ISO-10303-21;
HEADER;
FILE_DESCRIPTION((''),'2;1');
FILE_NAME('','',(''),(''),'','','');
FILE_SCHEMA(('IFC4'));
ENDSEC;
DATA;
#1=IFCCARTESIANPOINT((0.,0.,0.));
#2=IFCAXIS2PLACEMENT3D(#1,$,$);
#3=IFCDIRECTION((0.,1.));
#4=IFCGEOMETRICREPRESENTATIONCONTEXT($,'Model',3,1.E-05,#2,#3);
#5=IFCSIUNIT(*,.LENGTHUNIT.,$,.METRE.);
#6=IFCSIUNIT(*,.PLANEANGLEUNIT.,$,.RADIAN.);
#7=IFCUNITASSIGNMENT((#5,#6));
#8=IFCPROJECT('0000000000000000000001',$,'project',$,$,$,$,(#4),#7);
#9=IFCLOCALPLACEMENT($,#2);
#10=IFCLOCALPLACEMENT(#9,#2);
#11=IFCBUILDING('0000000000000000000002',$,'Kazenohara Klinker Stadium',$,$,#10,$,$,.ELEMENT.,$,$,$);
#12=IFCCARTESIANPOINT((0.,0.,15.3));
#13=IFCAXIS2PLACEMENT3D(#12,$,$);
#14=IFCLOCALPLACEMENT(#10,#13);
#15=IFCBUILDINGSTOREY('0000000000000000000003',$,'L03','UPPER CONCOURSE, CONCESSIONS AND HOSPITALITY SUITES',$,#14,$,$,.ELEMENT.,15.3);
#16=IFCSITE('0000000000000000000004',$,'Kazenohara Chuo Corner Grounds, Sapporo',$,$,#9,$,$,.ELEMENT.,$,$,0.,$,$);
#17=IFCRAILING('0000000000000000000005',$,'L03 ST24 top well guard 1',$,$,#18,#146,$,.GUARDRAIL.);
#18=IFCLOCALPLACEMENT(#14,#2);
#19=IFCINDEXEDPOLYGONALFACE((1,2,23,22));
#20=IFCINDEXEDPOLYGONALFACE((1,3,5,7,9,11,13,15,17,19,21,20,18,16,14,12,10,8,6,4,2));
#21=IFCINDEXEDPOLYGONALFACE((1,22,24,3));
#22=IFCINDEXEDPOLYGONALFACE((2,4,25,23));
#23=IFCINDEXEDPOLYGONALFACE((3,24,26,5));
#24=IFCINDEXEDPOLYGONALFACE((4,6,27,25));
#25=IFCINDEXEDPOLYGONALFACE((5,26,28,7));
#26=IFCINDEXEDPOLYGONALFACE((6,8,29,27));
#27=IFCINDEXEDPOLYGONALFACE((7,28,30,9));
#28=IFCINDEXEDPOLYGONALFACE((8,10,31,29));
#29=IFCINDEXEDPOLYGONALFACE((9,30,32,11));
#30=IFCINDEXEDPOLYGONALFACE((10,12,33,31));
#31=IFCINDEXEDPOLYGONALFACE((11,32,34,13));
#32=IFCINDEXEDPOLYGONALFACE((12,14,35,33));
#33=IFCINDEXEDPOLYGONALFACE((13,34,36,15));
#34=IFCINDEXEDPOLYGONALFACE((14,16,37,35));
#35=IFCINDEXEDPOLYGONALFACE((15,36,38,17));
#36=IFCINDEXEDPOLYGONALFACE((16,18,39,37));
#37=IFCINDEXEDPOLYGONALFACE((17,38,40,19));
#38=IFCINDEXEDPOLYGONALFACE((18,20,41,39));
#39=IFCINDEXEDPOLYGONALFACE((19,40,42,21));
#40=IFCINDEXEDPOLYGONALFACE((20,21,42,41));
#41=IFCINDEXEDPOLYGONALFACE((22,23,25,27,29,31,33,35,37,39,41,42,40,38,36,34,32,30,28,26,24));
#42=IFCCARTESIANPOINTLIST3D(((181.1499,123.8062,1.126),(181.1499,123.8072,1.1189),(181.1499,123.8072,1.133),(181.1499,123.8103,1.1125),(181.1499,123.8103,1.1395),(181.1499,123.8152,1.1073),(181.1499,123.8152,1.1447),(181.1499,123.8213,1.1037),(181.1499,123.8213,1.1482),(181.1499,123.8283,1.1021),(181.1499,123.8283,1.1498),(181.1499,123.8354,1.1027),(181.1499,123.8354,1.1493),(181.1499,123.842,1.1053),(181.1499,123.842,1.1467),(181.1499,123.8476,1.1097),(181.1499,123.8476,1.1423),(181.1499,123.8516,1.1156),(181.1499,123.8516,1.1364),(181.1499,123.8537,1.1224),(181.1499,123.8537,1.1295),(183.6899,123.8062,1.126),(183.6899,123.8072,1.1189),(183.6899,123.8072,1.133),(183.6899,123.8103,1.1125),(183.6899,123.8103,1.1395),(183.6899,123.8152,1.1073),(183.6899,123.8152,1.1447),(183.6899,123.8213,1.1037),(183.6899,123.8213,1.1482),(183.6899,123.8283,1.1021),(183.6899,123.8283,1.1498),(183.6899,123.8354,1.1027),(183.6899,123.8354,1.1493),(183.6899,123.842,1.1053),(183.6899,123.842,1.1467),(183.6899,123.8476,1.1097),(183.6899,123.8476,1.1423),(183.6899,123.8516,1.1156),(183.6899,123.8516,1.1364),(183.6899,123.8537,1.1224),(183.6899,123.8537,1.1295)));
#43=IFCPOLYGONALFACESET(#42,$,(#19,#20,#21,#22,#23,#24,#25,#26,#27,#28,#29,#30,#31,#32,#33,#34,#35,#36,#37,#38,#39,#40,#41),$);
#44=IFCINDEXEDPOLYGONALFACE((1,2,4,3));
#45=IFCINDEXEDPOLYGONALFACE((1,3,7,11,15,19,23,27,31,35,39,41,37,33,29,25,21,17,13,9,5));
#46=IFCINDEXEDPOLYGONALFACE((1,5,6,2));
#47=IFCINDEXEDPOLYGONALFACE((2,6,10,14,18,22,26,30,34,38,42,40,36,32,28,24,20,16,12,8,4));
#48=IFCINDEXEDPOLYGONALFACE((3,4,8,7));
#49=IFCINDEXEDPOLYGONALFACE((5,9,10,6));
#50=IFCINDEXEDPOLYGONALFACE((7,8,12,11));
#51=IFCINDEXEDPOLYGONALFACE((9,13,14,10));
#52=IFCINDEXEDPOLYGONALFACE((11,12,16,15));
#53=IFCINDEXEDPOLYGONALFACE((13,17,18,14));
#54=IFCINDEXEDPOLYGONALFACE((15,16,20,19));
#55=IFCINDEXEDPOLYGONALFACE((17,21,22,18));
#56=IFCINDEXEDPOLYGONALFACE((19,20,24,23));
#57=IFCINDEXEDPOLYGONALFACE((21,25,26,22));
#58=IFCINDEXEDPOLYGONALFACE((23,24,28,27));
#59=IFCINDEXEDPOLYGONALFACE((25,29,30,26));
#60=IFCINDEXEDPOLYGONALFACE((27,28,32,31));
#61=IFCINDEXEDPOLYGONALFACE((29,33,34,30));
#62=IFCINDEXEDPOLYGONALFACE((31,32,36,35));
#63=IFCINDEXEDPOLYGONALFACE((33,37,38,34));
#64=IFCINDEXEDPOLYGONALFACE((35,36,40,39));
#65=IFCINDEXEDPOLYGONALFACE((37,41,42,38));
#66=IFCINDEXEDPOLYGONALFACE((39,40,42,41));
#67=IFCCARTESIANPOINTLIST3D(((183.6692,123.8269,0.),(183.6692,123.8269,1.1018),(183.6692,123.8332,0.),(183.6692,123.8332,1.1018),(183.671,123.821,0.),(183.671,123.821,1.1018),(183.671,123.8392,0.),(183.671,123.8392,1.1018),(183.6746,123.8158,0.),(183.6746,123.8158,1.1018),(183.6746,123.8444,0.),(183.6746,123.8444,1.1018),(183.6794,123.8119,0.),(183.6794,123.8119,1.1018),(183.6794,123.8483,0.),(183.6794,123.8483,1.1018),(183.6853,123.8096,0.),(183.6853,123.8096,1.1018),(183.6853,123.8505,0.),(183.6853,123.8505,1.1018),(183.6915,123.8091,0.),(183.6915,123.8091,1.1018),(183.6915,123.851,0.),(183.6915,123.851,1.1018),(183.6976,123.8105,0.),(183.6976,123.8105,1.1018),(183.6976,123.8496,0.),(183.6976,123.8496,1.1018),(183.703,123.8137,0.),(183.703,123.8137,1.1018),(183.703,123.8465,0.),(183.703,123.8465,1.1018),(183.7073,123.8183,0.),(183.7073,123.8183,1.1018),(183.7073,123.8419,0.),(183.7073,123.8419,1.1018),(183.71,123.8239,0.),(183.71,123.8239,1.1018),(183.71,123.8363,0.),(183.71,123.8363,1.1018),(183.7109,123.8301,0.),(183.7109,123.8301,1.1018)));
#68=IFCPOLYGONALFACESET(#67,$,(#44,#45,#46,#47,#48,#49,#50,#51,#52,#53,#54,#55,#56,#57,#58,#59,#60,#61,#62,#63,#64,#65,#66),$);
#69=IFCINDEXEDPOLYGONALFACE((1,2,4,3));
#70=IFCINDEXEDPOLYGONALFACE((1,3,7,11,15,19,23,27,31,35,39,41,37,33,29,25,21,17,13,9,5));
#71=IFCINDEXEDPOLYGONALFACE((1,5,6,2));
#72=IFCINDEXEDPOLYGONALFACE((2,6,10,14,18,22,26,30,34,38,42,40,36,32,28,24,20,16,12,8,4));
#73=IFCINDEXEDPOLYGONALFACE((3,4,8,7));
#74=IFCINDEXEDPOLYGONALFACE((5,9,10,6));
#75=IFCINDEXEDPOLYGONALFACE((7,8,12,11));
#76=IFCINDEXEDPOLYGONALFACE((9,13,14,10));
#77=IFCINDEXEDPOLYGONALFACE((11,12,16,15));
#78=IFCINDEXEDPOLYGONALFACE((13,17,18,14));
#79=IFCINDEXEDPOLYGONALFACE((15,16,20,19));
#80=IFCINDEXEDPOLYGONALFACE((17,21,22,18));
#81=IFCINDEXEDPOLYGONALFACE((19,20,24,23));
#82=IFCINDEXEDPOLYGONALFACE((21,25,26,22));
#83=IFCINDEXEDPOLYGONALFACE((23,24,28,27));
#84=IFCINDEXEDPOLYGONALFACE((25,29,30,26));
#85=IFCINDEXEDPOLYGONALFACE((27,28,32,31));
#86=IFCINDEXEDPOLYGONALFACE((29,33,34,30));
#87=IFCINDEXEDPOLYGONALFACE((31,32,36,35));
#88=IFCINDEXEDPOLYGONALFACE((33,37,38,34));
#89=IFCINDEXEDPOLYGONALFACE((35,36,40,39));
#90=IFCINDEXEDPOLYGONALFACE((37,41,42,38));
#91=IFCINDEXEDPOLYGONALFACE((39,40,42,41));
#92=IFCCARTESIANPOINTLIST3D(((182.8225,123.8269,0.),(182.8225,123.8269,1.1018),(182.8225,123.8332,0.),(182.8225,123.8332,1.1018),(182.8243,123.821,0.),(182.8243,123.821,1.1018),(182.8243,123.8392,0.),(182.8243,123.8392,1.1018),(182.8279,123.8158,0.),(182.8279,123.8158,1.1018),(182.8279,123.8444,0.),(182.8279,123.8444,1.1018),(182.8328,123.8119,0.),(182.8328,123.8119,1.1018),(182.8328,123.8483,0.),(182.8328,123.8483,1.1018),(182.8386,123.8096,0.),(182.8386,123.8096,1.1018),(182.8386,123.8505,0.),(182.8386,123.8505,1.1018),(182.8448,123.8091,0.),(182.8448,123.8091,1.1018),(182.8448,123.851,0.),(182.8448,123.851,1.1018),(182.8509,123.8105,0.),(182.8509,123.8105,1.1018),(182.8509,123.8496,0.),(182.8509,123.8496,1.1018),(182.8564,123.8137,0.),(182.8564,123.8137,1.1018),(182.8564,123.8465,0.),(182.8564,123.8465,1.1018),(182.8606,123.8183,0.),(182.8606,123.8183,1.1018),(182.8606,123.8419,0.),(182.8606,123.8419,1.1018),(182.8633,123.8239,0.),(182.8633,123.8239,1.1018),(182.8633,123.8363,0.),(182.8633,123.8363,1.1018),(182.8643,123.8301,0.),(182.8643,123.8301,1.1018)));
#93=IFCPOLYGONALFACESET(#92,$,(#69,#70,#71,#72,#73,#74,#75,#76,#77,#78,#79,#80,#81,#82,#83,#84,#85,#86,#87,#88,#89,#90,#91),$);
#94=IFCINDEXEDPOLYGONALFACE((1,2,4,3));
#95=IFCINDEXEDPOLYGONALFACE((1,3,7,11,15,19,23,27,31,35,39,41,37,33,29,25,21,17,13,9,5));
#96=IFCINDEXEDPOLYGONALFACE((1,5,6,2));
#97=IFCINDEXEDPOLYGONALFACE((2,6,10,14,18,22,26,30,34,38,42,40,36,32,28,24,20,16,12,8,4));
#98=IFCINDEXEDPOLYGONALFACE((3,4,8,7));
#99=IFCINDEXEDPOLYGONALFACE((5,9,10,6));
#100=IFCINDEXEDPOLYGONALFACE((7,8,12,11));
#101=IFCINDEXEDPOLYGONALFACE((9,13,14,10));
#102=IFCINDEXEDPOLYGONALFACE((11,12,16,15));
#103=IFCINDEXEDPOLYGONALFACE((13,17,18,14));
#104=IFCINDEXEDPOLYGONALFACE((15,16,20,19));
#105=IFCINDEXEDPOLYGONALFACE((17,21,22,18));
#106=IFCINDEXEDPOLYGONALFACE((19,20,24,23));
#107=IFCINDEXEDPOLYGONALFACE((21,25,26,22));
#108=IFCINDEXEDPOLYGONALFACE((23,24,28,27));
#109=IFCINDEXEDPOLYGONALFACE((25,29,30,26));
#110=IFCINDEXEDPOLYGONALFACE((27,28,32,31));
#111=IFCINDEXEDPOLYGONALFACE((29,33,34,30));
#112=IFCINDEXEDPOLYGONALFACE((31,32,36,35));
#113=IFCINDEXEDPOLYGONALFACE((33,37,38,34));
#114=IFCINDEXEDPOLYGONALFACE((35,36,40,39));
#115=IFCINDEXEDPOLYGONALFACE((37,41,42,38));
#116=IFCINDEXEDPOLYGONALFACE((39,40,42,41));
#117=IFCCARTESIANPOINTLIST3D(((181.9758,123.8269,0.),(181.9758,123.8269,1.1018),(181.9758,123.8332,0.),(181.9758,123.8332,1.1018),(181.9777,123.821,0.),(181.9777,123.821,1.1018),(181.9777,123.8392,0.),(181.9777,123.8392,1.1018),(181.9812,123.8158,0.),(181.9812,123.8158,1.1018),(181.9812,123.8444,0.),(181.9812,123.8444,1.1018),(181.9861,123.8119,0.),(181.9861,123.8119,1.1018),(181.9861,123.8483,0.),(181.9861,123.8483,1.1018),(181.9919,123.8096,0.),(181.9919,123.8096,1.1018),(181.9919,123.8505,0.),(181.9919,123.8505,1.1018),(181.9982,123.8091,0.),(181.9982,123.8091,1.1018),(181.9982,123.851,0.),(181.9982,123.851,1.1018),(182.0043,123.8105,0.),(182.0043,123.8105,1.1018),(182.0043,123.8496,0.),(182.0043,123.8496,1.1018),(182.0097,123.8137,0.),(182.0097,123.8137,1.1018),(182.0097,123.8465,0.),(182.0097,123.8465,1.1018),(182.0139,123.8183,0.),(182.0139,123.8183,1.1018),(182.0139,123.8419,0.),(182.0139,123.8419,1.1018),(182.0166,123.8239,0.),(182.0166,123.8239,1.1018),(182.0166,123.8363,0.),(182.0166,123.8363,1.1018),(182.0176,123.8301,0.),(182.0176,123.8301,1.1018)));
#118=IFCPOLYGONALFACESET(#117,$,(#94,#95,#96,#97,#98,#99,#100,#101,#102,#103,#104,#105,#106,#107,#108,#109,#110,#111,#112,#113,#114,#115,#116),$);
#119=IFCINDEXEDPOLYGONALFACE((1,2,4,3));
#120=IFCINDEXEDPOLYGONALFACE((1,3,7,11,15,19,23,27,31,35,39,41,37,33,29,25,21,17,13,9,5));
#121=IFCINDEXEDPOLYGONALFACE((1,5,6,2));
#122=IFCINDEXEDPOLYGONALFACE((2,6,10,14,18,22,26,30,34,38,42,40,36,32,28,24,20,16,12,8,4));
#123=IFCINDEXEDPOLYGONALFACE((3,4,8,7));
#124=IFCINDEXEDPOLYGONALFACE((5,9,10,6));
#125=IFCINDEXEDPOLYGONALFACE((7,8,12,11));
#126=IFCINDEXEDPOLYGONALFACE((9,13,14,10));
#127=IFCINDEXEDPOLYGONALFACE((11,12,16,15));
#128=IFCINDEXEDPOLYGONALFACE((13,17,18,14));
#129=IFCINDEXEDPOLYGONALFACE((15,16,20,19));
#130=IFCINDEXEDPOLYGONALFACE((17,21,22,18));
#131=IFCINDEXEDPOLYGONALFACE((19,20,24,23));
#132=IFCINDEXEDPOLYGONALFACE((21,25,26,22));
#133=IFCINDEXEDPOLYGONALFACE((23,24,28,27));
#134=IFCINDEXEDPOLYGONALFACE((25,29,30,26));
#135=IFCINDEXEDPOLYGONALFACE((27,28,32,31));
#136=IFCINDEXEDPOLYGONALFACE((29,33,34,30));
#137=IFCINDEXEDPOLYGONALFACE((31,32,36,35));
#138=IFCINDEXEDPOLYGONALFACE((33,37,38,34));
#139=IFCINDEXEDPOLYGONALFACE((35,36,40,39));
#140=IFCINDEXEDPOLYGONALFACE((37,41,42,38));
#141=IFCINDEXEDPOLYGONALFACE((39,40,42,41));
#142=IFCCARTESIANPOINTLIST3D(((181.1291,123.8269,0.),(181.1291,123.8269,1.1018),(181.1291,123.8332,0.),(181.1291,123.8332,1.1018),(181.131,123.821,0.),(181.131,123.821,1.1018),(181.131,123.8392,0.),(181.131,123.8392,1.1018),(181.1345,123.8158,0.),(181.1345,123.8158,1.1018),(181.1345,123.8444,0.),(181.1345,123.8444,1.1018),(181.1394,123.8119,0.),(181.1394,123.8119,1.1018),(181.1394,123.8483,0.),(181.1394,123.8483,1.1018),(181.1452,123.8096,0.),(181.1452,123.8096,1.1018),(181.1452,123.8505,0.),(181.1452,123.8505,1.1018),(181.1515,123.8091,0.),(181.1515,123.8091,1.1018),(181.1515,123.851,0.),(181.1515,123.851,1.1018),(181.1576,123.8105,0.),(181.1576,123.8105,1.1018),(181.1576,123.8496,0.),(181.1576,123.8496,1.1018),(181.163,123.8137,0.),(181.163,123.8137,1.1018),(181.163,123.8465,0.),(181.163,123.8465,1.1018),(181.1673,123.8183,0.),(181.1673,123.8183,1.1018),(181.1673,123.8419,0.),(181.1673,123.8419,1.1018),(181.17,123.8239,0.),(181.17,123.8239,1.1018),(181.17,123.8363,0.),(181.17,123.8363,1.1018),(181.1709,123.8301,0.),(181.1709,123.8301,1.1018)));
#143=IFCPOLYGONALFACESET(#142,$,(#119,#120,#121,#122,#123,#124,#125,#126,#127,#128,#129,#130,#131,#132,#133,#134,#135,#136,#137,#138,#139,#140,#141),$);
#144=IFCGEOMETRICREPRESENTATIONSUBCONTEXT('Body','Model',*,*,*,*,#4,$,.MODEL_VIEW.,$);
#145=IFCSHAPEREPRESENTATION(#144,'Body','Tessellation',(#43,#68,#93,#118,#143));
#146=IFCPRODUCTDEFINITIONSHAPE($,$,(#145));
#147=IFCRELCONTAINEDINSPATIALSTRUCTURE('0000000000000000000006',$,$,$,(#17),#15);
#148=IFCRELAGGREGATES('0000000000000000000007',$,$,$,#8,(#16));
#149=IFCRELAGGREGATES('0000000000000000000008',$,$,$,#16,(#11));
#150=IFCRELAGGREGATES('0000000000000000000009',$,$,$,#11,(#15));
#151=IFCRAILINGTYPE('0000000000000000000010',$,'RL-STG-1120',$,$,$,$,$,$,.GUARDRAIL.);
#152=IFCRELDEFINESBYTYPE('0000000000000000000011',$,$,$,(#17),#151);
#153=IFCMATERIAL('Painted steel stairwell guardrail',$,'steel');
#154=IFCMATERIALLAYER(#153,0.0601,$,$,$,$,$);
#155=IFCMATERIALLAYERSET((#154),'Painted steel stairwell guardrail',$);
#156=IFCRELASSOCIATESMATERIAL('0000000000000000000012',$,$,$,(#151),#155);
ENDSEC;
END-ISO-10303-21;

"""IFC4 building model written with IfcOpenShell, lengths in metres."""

from ifc_helpers import new_model, si_unit, direction, frame, origin, origin_2d, place, context, subcontext, project, spatial, circle, extrude, material, layer, layer_set, type_object, element, save


model = new_model("IFC4")

# Units and contexts
model_context = context("Model", 3, precision=1e-05, world=origin(), true_north=direction((0.0, 1.0)))
body_context = subcontext(model_context, "Body", "Model", "MODEL_VIEW")
ifc_project = project(units=[si_unit("LENGTHUNIT", "METRE"), si_unit("PLANEANGLEUNIT", "RADIAN")], contexts=[model_context])

# Site, building, storey
site_placement = place(None, origin())
site = spatial("IfcSite", under=ifc_project, at=site_placement, Name="Kazenohara Chuo Corner Grounds, Sapporo", CompositionType="ELEMENT", RefElevation=0.0)
building_placement = place(site_placement, origin())
building = spatial("IfcBuilding", under=site, at=building_placement, Name="Kazenohara Klinker Stadium", CompositionType="ELEMENT")
storey_placement = place(building_placement, frame((0.0, 0.0, 15.3)))
storey = spatial("IfcBuildingStorey", under=building, at=storey_placement, Name="L03", Description="UPPER CONCOURSE, CONCESSIONS AND HOSPITALITY SUITES", CompositionType="ELEMENT", Elevation=15.3)

# Railing
ifc_material_1 = material(Name="Painted steel stairwell guardrail", Category="steel")
ifc_layer_1 = layer(ifc_material_1, 0.0601)
ifc_layer_set_1 = layer_set([ifc_layer_1], Name="Painted steel stairwell guardrail")
railing_type = type_object("IfcRailingType", Name="RL-STG-1120", PredefinedType="GUARDRAIL", material=ifc_layer_set_1)
railing_placement = place(storey_placement, frame((183.6899, 123.8301, 0.0)))
element("IfcRailing", 1, at=railing_placement, inside=storey, type_object=railing_type, Name="L03 ST24 top well guard 1", PredefinedType="GUARDRAIL", context=body_context, shape_type="SweptSolid", body=[
    extrude(circle(Radius=0.0239, at=origin_2d()), frame((0.0, 0.0, 1.126), z_axis=(-1.0, 0.0, 0.0), x_axis=(0.0, -1.0, 0.0)), (0.0, 0.0, 1.0), 2.54),
    extrude(circle(Radius=0.021, at=origin_2d()), origin(), (0.0, 0.0, 1.0), 1.1018),
    extrude(circle(Radius=0.021, at=origin_2d()), frame((-0.8467, 0.0, 0.0)), (0.0, 0.0, 1.0), 1.1018),
    extrude(circle(Radius=0.021, at=origin_2d()), frame((-1.6934, 0.0, 0.0)), (0.0, 0.0, 1.0), 1.1018),
    extrude(circle(Radius=0.021, at=origin_2d()), frame((-2.54, 0.0, 0.0)), (0.0, 0.0, 1.0), 1.1018),
])

save(model, "model.ifc")
